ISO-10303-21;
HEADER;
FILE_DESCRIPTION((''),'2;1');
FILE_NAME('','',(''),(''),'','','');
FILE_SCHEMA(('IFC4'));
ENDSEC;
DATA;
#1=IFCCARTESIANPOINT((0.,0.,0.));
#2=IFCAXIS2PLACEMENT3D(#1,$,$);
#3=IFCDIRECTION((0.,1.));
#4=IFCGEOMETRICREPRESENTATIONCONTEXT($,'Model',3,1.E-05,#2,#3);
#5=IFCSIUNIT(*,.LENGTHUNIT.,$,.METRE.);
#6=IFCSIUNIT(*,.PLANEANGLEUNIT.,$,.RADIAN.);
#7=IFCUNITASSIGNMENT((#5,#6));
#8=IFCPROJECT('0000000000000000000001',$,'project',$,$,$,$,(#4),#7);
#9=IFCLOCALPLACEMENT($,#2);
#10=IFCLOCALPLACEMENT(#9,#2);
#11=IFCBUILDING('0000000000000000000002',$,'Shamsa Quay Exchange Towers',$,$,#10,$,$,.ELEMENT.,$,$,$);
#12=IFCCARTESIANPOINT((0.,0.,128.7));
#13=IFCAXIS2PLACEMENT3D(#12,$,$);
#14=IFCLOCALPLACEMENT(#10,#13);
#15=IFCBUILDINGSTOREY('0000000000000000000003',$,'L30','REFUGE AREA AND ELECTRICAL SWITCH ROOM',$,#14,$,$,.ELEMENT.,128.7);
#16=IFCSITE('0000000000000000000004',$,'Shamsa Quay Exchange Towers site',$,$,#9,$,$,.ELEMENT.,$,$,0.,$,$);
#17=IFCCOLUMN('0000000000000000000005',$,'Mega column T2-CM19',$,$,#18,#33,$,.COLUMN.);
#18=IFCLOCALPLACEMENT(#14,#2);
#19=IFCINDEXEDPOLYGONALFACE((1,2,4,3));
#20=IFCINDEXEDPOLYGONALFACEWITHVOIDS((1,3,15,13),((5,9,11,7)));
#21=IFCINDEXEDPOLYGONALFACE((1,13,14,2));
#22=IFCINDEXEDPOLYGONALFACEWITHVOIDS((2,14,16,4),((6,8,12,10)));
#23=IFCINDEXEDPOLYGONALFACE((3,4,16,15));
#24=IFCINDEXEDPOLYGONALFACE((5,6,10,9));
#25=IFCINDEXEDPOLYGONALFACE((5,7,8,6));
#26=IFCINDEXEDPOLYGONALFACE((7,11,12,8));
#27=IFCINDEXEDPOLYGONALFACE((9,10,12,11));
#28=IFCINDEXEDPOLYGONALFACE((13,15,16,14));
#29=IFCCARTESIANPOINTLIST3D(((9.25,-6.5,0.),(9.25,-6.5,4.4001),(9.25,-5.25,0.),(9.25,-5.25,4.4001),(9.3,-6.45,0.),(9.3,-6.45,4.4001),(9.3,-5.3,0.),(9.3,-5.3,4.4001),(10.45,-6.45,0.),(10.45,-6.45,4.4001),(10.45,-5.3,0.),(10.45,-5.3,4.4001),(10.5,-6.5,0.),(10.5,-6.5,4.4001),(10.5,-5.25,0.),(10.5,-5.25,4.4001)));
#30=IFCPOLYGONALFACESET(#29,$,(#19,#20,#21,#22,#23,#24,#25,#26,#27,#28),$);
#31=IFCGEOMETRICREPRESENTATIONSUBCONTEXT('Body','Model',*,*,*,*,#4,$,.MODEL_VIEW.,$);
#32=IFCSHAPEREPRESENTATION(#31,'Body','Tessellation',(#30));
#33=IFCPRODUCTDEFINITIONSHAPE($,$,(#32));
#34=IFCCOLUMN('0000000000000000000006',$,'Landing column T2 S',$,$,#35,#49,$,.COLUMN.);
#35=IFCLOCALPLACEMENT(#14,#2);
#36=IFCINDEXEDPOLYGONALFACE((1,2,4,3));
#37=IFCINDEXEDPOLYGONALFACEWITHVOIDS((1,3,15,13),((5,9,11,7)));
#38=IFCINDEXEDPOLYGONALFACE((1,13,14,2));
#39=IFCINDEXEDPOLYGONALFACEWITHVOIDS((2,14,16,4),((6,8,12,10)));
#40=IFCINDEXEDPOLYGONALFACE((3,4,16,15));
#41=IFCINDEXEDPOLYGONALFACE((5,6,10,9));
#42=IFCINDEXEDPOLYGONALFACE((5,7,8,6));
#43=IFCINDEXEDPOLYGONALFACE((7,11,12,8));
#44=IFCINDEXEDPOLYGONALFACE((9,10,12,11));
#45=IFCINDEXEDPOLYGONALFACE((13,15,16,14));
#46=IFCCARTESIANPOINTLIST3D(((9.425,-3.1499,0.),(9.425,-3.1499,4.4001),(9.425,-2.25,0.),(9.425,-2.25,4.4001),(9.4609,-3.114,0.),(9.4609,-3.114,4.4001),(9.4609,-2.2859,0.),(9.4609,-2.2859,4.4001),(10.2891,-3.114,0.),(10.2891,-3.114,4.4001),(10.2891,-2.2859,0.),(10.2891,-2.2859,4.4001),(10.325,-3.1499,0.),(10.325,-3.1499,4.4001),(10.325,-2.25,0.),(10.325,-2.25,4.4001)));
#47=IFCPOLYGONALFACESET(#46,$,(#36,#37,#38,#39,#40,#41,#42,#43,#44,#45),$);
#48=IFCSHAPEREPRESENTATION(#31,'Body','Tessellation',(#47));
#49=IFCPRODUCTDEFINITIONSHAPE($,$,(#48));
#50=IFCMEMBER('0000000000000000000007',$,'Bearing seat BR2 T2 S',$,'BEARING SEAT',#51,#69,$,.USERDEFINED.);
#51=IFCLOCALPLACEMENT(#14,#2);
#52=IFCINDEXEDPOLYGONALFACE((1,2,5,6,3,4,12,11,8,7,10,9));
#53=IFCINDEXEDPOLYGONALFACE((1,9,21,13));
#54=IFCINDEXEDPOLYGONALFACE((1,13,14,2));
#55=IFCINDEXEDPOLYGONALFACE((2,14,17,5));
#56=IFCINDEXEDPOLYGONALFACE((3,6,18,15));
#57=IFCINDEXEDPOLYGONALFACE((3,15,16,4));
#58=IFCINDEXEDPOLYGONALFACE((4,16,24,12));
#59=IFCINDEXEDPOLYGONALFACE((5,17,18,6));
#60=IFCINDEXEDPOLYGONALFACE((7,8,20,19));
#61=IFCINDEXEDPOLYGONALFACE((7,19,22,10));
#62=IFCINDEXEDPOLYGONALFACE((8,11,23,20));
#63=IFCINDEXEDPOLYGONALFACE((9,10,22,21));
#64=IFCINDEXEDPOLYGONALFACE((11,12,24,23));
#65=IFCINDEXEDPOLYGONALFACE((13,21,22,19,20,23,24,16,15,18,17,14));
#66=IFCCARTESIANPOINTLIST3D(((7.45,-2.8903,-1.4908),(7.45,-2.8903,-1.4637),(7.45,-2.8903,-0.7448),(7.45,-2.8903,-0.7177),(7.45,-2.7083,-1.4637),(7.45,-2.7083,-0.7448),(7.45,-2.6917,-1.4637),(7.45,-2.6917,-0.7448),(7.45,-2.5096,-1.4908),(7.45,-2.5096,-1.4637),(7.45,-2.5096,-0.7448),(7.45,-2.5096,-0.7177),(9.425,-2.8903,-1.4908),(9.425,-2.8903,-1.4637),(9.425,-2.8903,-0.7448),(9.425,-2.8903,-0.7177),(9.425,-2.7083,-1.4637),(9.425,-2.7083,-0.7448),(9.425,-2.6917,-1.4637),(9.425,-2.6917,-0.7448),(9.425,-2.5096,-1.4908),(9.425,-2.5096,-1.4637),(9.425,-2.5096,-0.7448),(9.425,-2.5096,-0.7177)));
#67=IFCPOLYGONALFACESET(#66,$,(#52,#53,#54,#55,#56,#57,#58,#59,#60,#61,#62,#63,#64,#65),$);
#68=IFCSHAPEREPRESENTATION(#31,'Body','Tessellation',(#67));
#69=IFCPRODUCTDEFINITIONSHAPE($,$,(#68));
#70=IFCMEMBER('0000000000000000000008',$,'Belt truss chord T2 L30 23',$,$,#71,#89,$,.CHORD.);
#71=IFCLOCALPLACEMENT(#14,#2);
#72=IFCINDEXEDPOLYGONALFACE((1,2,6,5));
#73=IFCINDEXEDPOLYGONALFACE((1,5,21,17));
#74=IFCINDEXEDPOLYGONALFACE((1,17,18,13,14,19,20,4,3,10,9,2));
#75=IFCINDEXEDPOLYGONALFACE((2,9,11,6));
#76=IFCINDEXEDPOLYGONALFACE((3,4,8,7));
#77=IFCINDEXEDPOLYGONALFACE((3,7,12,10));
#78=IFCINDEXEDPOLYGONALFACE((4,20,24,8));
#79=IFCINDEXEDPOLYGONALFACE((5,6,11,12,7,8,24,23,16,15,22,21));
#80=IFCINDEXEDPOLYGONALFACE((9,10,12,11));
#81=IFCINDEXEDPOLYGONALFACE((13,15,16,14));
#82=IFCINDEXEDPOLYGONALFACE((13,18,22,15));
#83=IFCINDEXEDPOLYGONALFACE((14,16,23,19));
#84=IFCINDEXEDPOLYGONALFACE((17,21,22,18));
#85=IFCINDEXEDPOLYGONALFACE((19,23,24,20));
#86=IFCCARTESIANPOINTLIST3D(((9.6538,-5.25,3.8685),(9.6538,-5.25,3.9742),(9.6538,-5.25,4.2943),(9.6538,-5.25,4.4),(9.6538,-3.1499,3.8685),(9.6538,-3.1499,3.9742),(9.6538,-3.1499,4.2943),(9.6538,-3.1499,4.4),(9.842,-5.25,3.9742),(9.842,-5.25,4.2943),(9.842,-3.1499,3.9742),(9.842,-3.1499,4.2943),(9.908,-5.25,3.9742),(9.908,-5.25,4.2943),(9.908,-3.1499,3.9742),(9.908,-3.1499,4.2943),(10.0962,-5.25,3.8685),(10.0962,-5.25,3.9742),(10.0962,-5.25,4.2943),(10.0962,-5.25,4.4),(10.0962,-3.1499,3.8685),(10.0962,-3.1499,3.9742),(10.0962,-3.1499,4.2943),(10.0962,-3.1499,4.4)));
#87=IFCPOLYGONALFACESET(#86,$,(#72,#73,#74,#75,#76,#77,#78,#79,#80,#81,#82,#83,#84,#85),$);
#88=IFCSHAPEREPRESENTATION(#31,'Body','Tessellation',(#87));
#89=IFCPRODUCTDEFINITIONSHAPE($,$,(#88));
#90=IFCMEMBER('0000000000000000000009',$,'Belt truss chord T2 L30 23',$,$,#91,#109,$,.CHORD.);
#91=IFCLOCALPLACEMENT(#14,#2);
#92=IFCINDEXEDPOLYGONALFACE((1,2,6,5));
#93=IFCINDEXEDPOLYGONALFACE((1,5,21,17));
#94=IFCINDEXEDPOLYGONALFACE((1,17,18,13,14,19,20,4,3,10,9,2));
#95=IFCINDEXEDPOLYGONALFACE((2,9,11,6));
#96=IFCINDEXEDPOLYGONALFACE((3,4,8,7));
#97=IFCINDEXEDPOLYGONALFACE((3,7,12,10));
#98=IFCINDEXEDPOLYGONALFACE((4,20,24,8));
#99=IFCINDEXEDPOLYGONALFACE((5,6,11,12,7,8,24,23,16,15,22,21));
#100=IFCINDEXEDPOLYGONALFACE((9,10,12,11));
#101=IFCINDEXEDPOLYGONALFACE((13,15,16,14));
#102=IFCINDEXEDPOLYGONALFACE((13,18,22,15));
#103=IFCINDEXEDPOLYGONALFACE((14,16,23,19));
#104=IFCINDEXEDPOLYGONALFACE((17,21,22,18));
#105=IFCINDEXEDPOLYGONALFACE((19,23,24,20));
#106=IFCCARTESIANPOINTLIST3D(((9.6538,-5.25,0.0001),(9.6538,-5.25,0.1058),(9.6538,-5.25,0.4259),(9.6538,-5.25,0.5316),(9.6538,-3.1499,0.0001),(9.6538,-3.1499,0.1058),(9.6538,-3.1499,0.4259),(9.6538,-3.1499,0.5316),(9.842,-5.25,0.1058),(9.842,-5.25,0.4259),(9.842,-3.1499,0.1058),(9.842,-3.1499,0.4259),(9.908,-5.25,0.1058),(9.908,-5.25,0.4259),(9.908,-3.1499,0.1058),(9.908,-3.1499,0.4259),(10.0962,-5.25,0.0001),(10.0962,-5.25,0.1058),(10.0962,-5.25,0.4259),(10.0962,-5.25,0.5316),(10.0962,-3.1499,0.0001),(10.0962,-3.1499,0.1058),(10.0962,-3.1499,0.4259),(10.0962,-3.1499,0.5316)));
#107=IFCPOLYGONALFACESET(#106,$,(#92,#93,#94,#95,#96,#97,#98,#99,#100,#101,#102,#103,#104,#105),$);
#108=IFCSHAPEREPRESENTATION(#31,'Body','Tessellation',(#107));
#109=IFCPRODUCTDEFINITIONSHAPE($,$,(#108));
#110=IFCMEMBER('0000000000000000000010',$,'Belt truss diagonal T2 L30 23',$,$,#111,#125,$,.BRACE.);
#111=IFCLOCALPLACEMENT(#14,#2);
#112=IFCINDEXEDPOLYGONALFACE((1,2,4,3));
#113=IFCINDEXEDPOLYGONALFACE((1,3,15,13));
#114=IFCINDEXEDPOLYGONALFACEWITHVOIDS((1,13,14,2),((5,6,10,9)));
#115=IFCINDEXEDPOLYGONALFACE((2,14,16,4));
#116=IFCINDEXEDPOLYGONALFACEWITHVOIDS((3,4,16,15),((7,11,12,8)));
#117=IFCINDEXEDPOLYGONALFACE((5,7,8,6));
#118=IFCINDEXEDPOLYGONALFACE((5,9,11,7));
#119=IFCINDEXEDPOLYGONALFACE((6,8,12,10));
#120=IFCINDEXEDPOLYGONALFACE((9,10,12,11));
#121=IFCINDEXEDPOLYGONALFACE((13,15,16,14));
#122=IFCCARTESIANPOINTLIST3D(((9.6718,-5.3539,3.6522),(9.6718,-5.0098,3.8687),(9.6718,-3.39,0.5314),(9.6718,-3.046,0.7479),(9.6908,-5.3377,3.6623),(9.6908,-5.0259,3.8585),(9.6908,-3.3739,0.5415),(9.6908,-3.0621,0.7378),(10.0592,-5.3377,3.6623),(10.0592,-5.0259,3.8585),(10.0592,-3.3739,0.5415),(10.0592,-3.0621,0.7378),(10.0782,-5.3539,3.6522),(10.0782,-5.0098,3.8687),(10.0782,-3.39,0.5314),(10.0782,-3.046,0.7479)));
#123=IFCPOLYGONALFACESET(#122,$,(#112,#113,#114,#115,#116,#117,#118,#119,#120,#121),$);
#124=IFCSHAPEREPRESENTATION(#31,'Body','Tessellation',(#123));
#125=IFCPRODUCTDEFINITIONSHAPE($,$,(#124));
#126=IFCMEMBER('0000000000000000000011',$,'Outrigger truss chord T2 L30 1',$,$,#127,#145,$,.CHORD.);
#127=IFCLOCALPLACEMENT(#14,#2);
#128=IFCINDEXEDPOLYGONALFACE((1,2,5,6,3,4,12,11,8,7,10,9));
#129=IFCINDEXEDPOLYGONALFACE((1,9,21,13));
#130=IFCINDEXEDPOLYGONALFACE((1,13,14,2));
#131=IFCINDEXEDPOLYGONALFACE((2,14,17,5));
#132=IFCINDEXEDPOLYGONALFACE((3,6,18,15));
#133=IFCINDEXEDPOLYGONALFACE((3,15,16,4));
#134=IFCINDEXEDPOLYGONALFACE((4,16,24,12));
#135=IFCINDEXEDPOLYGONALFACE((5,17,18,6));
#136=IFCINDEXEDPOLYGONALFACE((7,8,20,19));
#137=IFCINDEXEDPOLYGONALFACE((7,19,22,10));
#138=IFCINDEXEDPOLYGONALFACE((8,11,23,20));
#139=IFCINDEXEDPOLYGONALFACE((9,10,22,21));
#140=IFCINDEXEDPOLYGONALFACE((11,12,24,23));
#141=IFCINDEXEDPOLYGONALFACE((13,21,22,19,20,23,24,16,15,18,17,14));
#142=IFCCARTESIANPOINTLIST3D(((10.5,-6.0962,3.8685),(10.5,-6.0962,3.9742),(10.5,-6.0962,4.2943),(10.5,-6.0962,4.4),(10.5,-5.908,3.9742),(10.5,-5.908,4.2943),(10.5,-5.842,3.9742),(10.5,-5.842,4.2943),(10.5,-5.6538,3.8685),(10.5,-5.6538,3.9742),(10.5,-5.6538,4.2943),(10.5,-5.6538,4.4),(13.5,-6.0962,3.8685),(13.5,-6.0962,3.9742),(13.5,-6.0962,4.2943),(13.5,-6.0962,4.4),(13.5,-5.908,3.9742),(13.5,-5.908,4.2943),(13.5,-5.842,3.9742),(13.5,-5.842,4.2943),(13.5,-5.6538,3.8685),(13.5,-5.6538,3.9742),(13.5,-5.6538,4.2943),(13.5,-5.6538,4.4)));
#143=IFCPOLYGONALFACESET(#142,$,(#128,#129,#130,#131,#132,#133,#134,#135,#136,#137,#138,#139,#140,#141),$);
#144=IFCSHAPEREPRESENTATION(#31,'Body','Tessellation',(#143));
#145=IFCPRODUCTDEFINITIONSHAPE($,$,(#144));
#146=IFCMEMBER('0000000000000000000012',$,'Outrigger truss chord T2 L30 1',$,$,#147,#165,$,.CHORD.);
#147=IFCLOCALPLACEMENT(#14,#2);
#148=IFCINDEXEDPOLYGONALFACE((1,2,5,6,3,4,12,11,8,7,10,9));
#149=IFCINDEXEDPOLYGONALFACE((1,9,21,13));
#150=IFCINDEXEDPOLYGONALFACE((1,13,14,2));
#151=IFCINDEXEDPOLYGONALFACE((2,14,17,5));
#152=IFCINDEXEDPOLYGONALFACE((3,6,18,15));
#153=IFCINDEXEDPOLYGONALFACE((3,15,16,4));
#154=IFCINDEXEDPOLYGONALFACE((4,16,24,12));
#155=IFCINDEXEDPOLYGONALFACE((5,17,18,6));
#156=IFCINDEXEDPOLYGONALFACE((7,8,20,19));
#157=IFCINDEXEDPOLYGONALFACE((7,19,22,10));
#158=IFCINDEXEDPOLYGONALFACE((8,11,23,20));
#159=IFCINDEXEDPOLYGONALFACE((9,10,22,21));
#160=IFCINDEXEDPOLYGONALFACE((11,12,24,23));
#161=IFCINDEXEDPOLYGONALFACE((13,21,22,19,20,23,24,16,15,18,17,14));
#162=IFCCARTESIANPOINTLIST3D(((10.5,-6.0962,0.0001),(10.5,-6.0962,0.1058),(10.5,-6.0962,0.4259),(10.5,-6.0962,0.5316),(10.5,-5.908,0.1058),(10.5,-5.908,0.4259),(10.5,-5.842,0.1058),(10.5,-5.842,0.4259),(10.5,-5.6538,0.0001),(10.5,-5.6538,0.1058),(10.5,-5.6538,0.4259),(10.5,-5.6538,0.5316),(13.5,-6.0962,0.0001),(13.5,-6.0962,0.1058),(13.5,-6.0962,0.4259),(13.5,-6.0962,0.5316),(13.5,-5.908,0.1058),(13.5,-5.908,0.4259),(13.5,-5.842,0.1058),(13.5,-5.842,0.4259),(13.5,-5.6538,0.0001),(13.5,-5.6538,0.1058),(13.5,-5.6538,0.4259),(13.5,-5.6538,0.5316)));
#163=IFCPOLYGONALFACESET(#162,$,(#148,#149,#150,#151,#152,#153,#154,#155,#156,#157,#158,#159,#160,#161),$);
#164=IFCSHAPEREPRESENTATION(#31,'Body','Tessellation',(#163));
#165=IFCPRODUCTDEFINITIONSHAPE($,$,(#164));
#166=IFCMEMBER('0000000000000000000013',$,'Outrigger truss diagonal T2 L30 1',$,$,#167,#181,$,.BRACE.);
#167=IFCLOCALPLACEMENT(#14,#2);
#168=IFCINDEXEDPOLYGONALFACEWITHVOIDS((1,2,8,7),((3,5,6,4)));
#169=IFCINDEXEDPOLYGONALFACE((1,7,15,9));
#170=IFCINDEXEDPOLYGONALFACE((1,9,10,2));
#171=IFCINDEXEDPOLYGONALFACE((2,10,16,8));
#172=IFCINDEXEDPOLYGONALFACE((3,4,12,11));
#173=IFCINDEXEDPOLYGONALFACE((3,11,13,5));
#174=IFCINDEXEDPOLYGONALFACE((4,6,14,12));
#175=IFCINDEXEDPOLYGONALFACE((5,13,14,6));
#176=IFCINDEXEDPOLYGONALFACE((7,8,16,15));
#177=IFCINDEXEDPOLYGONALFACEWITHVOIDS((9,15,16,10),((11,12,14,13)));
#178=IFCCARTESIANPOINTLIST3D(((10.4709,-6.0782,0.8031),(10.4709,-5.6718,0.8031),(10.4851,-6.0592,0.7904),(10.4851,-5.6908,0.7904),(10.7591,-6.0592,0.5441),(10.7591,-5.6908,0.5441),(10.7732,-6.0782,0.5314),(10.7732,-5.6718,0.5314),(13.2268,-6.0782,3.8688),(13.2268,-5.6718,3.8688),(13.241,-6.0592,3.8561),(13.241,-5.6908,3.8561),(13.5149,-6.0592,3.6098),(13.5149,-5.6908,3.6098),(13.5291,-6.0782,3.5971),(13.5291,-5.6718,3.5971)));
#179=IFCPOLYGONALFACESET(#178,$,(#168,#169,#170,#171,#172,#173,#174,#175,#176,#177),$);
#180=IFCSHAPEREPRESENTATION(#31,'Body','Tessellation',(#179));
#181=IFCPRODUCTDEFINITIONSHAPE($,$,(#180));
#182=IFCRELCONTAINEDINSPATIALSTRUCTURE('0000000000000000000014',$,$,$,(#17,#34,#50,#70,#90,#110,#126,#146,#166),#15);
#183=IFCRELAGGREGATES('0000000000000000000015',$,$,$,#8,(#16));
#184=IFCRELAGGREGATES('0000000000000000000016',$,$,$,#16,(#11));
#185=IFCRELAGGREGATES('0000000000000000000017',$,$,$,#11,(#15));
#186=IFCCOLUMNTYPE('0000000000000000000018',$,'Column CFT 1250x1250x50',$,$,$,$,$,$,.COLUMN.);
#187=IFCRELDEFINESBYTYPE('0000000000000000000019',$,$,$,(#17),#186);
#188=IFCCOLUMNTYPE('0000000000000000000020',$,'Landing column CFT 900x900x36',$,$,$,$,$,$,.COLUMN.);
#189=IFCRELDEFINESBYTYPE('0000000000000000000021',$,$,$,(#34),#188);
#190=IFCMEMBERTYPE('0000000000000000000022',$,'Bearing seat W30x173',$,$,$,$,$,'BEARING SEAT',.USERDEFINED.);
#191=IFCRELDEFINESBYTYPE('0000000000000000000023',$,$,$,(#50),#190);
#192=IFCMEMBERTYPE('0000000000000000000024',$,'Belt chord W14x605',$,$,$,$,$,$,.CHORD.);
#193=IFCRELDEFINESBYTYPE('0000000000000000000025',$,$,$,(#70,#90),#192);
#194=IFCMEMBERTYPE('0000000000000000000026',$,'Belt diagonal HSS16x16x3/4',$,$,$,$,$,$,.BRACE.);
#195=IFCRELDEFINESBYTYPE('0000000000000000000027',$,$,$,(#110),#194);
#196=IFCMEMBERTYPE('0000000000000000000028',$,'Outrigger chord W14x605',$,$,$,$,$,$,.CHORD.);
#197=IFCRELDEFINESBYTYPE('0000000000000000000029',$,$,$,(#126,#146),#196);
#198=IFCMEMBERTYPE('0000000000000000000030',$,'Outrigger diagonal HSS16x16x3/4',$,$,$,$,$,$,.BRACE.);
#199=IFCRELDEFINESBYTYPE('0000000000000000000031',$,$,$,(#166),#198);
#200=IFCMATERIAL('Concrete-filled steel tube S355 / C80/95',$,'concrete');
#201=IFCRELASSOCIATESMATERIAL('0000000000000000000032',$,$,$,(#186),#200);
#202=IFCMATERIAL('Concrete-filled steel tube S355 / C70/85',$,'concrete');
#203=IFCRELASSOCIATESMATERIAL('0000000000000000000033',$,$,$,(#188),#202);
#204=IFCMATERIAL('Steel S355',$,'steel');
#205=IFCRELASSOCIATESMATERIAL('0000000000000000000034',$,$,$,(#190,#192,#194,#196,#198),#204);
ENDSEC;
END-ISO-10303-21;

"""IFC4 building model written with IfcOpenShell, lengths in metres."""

from ifc_helpers import new_model, si_unit, direction, frame, origin, origin_2d, place, context, subcontext, project, spatial, hollow_rectangle, i_section, extrude, material, material_profile, profile_set, type_object, element, save


model = new_model("IFC4")

# Units and contexts
model_context = context("Model", 3, precision=1e-05, world=origin(), true_north=direction((0.0, 1.0)))
body_context = subcontext(model_context, "Body", "Model", "MODEL_VIEW")
ifc_project = project(units=[si_unit("LENGTHUNIT", "METRE"), si_unit("PLANEANGLEUNIT", "RADIAN")], contexts=[model_context])

# Site, building, storey
site_placement = place(None, origin())
site = spatial("IfcSite", under=ifc_project, at=site_placement, Name="Shamsa Quay Exchange Towers site", CompositionType="ELEMENT", RefElevation=0.0)
building_placement = place(site_placement, origin())
building = spatial("IfcBuilding", under=site, at=building_placement, Name="Shamsa Quay Exchange Towers", CompositionType="ELEMENT")
storey_placement = place(building_placement, frame((0.0, 0.0, 128.7)))
storey = spatial("IfcBuildingStorey", under=building, at=storey_placement, Name="L30", Description="REFUGE AREA AND ELECTRICAL SWITCH ROOM", CompositionType="ELEMENT", Elevation=128.7)

# Columns
ifc_material_1 = material(Name="Concrete-filled steel tube S355 / C80/95", Category="concrete")
ifc_material_profile_1 = material_profile(ifc_material_1, hollow_rectangle(XDim=1.25, YDim=1.25, WallThickness=0.05, at=origin_2d()), Name="CFT 1250x1250x50")
ifc_profile_set_1 = profile_set([ifc_material_profile_1], Name="Concrete-filled steel tube S355 / C80/95")
column_type_1 = type_object("IfcColumnType", Name="Column CFT 1250x1250x50", PredefinedType="COLUMN", material=ifc_profile_set_1)
column_1_placement = place(storey_placement, frame((9.875, -5.875, 0.0)))
element("IfcColumn", 1, at=column_1_placement, inside=storey, type_object=column_type_1, Name="Mega column T2-CM19", PredefinedType="COLUMN", context=body_context, shape_type="SweptSolid", body=[
    extrude(hollow_rectangle(XDim=1.25, YDim=1.25, WallThickness=0.05, at=origin_2d()), origin(), (0.0, 0.0, 1.0), 4.4001),
])
ifc_material_2 = material(Name="Concrete-filled steel tube S355 / C70/85", Category="concrete")
ifc_material_profile_2 = material_profile(ifc_material_2, hollow_rectangle(XDim=0.8999, YDim=0.8999, WallThickness=0.0359, at=origin_2d()), Name="CFT 900x900x36")
ifc_profile_set_2 = profile_set([ifc_material_profile_2], Name="Concrete-filled steel tube S355 / C70/85")
column_type_2 = type_object("IfcColumnType", Name="Landing column CFT 900x900x36", PredefinedType="COLUMN", material=ifc_profile_set_2)
column_2_placement = place(storey_placement, frame((9.875, -2.7, 0.0)))
element("IfcColumn", 2, at=column_2_placement, inside=storey, type_object=column_type_2, Name="Landing column T2 S", PredefinedType="COLUMN", context=body_context, shape_type="SweptSolid", body=[
    extrude(hollow_rectangle(XDim=0.8999, YDim=0.8999, WallThickness=0.0359, at=origin_2d()), origin(), (0.0, 0.0, 1.0), 4.4001),
])

# Members
ifc_material_3 = material(Name="Steel S355", Category="steel")
ifc_material_profile_3 = material_profile(ifc_material_3, i_section(OverallWidth=0.3806, OverallDepth=0.7732, WebThickness=0.0166, FlangeThickness=0.0271, at=origin_2d()), Name="W30x173")
ifc_profile_set_3 = profile_set([ifc_material_profile_3], Name="Steel S355")
member_type_1 = type_object("IfcMemberType", Name="Bearing seat W30x173", ElementType="BEARING SEAT", PredefinedType="USERDEFINED", material=ifc_profile_set_3)
member_1_placement = place(storey_placement, frame((7.45, -2.7, -1.1042), z_axis=(1.0, 0.0, 0.0), x_axis=(0.0, 1.0, 0.0)))
element("IfcMember", 3, at=member_1_placement, inside=storey, type_object=member_type_1, Name="Bearing seat BR2 T2 S", ObjectType="BEARING SEAT", PredefinedType="USERDEFINED", context=body_context, shape_type="SweptSolid", body=[
    extrude(i_section(OverallWidth=0.3806, OverallDepth=0.7732, WebThickness=0.0166, FlangeThickness=0.0271, at=origin_2d()), origin(), (0.0, 0.0, 1.0), 1.9751),
])
ifc_material_profile_4 = material_profile(ifc_material_3, i_section(OverallWidth=0.4424, OverallDepth=0.5315, WebThickness=0.0659, FlangeThickness=0.1057, at=origin_2d()), Name="W14x605")
ifc_profile_set_4 = profile_set([ifc_material_profile_4], Name="Steel S355")
member_type_2 = type_object("IfcMemberType", Name="Belt chord W14x605", PredefinedType="CHORD", material=ifc_profile_set_4)
for number, where, z_axis, x_axis, name in (
    (4, (9.875, -3.1499, 4.1343), (0.0, -1.0, 0.0), (1.0, 0.0, 0.0), "Belt truss chord T2 L30 23"),
    (5, (9.875, -3.1499, 0.2659), (0.0, -1.0, 0.0), (1.0, 0.0, 0.0), "Belt truss chord T2 L30 23"),
):
    element("IfcMember", number, at=place(storey_placement, frame(where, z_axis=z_axis, x_axis=x_axis)), inside=storey, type_object=member_type_2, Name=name, PredefinedType="CHORD", context=body_context, shape_type="SweptSolid", body=[
        extrude(i_section(OverallWidth=0.4424, OverallDepth=0.5315, WebThickness=0.0659, FlangeThickness=0.1057, at=origin_2d()), origin(), (0.0, 0.0, 1.0), 2.1001),
    ])
ifc_material_profile_5 = material_profile(ifc_material_3, hollow_rectangle(XDim=0.4065, YDim=0.4065, WallThickness=0.019, at=origin_2d()), Name="HSS16x16x3/4")
ifc_profile_set_5 = profile_set([ifc_material_profile_5], Name="Steel S355")
member_type_3 = type_object("IfcMemberType", Name="Belt diagonal HSS16x16x3/4", PredefinedType="BRACE", material=ifc_profile_set_5)
member_2_placement = place(storey_placement, frame((9.875, -3.218, 0.6396), z_axis=(0.0, -0.532597, 0.846369), x_axis=(1.0, 0.0, 0.0)))
element("IfcMember", 6, at=member_2_placement, inside=storey, type_object=member_type_3, Name="Belt truss diagonal T2 L30 23", PredefinedType="BRACE", context=body_context, shape_type="SweptSolid", body=[
    extrude(hollow_rectangle(XDim=0.4065, YDim=0.4065, WallThickness=0.019, at=origin_2d()), origin(), (0.0, 0.0, 1.0), 3.6873),
])
ifc_material_profile_6 = material_profile(ifc_material_3, i_section(OverallWidth=0.4424, OverallDepth=0.5315, WebThickness=0.0659, FlangeThickness=0.1057, at=origin_2d()), Name="W14x605")
ifc_profile_set_6 = profile_set([ifc_material_profile_6], Name="Steel S355")
member_type_4 = type_object("IfcMemberType", Name="Outrigger chord W14x605", PredefinedType="CHORD", material=ifc_profile_set_6)
for number, where, z_axis, x_axis, name in (
    (7, (10.5, -5.875, 4.1343), (1.0, 0.0, 0.0), (0.0, 1.0, 0.0), "Outrigger truss chord T2 L30 1"),
    (8, (10.5, -5.875, 0.2659), (1.0, 0.0, 0.0), (0.0, 1.0, 0.0), "Outrigger truss chord T2 L30 1"),
):
    element("IfcMember", number, at=place(storey_placement, frame(where, z_axis=z_axis, x_axis=x_axis)), inside=storey, type_object=member_type_4, Name=name, PredefinedType="CHORD", context=body_context, shape_type="SweptSolid", body=[
        extrude(i_section(OverallWidth=0.4424, OverallDepth=0.5315, WebThickness=0.0659, FlangeThickness=0.1057, at=origin_2d()), origin(), (0.0, 0.0, 1.0), 3.0),
    ])
ifc_material_profile_7 = material_profile(ifc_material_3, hollow_rectangle(XDim=0.4065, YDim=0.4065, WallThickness=0.019, at=origin_2d()), Name="HSS16x16x3/4")
ifc_profile_set_7 = profile_set([ifc_material_profile_7], Name="Steel S355")
member_type_5 = type_object("IfcMemberType", Name="Outrigger diagonal HSS16x16x3/4", PredefinedType="BRACE", material=ifc_profile_set_7)
member_3_placement = place(storey_placement, frame((10.6221, -5.875, 0.6672), z_axis=(0.668529, 0.0, 0.743686), x_axis=(0.0, 1.0, 0.0)))
element("IfcMember", 9, at=member_3_placement, inside=storey, type_object=member_type_5, Name="Outrigger truss diagonal T2 L30 1", PredefinedType="BRACE", context=body_context, shape_type="SweptSolid", body=[
    extrude(hollow_rectangle(XDim=0.4065, YDim=0.4065, WallThickness=0.019, at=origin_2d()), origin(), (0.0, 0.0, 1.0), 4.1223),
])

save(model, "model.ifc")
